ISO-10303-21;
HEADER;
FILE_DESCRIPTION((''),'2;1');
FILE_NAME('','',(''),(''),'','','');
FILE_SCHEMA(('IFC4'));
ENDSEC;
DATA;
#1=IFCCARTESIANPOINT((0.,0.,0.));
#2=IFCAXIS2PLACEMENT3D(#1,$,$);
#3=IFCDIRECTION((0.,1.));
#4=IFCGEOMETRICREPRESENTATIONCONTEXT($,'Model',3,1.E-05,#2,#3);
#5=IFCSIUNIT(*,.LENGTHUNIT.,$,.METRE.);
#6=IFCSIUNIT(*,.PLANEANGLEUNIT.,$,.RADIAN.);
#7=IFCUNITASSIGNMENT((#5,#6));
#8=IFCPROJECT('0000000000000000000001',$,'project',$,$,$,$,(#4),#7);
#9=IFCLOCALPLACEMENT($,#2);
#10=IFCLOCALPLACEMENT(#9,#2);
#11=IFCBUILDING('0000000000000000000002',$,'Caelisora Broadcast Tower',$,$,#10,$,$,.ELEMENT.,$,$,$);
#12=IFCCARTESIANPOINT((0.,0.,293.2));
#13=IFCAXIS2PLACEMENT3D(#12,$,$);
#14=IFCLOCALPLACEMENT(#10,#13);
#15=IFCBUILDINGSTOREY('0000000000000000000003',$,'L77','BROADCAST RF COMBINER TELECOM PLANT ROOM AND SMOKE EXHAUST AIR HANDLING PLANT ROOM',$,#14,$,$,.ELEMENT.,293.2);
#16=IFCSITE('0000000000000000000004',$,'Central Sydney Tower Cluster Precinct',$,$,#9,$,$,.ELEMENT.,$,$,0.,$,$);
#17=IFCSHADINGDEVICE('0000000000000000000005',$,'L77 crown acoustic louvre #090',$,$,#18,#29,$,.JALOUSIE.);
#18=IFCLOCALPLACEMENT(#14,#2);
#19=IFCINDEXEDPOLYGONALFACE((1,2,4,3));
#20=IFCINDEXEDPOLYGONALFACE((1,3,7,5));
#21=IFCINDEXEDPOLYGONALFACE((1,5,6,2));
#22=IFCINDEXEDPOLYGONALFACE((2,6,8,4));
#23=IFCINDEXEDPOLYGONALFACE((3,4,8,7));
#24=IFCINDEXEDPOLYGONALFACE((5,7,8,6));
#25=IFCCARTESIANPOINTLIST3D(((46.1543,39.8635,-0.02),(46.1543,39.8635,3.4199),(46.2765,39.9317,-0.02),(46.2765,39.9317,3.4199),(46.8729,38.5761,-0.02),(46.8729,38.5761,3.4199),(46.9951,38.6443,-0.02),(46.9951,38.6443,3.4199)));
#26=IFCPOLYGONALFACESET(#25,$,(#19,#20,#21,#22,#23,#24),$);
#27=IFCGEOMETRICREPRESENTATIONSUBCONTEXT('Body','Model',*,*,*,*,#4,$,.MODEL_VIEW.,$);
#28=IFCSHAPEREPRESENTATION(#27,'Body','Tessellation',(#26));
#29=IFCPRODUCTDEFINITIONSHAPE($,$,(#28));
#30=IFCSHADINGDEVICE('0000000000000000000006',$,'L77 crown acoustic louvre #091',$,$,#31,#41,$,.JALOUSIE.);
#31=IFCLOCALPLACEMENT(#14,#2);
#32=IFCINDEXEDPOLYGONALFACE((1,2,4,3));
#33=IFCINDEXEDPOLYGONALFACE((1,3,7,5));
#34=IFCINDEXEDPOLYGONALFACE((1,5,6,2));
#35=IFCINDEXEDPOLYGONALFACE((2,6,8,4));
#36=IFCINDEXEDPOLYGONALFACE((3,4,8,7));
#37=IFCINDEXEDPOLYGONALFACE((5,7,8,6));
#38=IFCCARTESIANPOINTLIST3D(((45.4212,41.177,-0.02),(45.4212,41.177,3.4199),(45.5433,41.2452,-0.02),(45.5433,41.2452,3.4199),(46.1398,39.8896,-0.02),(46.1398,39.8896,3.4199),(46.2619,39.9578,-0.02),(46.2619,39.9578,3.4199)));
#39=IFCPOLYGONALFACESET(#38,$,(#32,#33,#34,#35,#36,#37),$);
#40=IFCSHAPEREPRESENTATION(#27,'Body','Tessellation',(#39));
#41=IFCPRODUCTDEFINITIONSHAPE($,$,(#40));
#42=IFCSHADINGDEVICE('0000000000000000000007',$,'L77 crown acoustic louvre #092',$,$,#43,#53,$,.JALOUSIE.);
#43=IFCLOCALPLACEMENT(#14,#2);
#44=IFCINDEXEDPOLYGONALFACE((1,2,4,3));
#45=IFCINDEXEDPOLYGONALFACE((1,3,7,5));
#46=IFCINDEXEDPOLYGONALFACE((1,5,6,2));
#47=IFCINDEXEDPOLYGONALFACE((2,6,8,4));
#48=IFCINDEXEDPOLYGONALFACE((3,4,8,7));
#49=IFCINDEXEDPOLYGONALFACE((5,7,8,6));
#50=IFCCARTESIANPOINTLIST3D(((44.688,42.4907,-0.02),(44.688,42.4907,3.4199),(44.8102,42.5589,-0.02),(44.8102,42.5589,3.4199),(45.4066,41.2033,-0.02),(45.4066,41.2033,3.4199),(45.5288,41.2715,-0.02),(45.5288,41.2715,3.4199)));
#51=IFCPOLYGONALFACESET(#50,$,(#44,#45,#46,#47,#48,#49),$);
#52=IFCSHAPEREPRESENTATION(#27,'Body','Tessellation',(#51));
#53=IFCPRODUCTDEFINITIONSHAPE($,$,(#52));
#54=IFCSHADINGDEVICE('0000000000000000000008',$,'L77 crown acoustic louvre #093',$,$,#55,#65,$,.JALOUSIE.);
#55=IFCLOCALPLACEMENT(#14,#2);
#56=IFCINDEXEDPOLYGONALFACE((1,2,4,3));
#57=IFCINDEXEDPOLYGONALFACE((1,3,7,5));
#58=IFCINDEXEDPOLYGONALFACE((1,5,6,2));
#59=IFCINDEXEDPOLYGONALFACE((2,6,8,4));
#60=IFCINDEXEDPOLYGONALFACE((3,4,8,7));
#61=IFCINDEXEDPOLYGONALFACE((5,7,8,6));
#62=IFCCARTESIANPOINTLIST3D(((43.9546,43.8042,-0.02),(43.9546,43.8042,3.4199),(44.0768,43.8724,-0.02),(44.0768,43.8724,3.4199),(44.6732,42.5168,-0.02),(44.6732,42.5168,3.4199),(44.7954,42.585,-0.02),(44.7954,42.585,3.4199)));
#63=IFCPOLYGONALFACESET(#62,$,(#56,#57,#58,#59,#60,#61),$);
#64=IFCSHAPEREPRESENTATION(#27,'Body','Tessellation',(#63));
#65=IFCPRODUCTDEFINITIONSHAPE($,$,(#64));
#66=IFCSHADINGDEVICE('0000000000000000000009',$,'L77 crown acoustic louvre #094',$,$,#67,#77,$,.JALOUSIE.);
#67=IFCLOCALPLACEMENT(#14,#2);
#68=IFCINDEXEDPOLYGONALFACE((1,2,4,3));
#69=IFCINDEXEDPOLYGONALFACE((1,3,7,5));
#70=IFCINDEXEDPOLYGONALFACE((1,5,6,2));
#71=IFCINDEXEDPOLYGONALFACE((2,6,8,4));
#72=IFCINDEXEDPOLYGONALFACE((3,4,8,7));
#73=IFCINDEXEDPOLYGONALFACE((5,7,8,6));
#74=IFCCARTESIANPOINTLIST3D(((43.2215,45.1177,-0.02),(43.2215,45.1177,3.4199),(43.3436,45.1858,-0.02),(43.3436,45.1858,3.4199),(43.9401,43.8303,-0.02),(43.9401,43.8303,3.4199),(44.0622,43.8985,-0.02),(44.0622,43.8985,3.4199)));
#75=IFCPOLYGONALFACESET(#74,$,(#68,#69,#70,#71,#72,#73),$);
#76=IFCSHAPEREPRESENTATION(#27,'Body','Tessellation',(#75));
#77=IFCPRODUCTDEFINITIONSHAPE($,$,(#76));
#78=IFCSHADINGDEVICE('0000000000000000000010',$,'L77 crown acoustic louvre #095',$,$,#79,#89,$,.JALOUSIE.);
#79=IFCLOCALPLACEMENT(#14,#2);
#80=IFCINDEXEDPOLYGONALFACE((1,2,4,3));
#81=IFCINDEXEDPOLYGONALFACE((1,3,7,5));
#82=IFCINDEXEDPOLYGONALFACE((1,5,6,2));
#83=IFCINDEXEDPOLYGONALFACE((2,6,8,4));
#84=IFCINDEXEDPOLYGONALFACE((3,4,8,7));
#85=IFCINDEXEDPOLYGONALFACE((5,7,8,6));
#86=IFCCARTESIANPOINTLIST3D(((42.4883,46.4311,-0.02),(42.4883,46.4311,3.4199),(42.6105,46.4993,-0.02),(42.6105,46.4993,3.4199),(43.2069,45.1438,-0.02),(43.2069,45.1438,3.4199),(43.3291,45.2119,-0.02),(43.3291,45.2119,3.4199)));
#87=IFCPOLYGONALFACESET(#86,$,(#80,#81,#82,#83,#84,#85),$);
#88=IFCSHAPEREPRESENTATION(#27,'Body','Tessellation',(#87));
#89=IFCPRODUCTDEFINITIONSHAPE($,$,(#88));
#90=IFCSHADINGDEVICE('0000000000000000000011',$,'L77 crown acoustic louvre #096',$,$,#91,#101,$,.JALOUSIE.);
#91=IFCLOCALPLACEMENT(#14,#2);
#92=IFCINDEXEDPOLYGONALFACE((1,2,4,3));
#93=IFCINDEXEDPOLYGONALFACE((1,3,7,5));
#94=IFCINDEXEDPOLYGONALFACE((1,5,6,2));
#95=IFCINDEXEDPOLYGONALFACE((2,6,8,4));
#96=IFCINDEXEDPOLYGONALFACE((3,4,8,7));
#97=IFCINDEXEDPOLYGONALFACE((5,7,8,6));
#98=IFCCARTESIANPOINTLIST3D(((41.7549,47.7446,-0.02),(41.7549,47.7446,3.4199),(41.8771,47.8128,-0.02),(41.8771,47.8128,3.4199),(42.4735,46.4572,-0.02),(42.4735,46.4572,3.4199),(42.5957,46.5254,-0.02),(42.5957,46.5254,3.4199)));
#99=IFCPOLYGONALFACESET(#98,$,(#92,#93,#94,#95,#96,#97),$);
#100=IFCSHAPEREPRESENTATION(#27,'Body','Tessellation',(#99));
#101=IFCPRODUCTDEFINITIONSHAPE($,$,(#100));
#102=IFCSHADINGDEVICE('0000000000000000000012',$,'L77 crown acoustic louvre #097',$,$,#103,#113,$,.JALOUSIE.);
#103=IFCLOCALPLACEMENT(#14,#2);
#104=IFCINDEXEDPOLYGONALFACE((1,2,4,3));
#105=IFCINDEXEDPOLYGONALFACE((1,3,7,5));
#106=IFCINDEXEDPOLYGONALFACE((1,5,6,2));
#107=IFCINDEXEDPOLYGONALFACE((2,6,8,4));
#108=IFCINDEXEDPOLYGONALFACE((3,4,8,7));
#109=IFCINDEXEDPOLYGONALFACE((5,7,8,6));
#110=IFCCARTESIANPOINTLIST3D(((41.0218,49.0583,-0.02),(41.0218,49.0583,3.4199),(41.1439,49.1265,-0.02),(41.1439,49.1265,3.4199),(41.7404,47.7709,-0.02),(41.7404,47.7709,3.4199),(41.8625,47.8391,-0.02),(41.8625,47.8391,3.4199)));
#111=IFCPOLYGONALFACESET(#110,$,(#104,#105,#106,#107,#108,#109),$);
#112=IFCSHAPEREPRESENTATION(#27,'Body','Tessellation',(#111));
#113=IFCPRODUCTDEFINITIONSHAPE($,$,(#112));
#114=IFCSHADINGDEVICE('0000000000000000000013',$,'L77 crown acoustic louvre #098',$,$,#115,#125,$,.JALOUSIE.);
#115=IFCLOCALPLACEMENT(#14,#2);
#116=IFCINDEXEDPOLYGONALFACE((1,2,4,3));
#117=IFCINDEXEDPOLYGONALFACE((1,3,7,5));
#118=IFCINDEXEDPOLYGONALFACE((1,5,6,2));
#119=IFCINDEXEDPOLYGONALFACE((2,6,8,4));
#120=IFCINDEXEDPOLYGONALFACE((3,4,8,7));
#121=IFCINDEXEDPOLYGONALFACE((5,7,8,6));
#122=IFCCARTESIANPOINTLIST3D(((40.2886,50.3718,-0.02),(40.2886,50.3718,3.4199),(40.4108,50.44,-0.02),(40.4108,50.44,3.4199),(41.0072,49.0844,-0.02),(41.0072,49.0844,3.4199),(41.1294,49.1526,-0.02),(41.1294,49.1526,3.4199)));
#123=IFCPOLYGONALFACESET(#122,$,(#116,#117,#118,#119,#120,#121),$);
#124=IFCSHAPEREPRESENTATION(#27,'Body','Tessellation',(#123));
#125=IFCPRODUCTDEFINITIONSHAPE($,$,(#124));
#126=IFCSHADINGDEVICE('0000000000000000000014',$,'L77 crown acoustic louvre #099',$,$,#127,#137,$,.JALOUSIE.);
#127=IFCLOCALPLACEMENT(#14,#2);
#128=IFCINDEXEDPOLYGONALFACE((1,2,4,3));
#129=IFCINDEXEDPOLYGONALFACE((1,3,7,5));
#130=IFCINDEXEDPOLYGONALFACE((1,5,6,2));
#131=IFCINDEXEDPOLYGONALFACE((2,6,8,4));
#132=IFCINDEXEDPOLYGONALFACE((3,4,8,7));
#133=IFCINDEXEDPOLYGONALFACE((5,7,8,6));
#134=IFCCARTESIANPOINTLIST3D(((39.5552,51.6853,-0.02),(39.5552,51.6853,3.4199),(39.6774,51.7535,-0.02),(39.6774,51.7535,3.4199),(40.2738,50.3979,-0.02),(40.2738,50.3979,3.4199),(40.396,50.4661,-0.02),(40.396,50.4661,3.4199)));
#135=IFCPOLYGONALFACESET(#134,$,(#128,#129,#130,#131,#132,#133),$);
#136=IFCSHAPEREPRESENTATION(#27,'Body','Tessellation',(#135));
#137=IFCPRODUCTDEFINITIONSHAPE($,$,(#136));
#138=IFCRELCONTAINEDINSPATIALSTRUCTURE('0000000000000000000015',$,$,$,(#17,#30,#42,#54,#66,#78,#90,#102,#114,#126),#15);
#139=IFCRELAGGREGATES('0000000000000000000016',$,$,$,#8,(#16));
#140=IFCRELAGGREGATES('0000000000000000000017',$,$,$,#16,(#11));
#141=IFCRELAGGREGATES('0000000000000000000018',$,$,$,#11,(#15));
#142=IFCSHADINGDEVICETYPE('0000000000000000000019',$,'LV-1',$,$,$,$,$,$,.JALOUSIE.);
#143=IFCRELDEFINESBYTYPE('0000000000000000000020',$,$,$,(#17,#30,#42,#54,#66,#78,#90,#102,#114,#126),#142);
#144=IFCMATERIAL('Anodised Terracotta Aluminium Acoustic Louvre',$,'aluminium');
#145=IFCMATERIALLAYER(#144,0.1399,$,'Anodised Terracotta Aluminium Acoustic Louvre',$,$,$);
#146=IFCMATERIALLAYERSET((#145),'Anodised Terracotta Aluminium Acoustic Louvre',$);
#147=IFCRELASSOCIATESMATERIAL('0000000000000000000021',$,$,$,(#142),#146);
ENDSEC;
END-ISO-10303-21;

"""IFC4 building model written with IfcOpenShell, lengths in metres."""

from ifc_helpers import new_model, si_unit, direction, frame, origin, origin_2d, place, context, subcontext, project, spatial, rectangle, extrude, source, transform, mapped, material, layer, layer_set, type_object, element, save


model = new_model("IFC4")

# Units and contexts
model_context = context("Model", 3, precision=1e-05, world=origin(), true_north=direction((0.0, 1.0)))
body_context = subcontext(model_context, "Body", "Model", "MODEL_VIEW")
ifc_project = project(units=[si_unit("LENGTHUNIT", "METRE"), si_unit("PLANEANGLEUNIT", "RADIAN")], contexts=[model_context])

# Site, building, storey
site_placement = place(None, origin())
site = spatial("IfcSite", under=ifc_project, at=site_placement, Name="Central Sydney Tower Cluster Precinct", CompositionType="ELEMENT", RefElevation=0.0)
building_placement = place(site_placement, origin())
building = spatial("IfcBuilding", under=site, at=building_placement, Name="Caelisora Broadcast Tower", CompositionType="ELEMENT")
storey_placement = place(building_placement, frame((0.0, 0.0, 293.2)))
storey = spatial("IfcBuildingStorey", under=building, at=storey_placement, Name="L77", Description="BROADCAST RF COMBINER TELECOM PLANT ROOM AND SMOKE EXHAUST AIR HANDLING PLANT ROOM", CompositionType="ELEMENT", Elevation=293.2)

# Shading devices
ifc_material_1 = material(Name="Anodised Terracotta Aluminium Acoustic Louvre", Category="aluminium")
ifc_layer_1 = layer(ifc_material_1, 0.1399, Name="Anodised Terracotta Aluminium Acoustic Louvre")
ifc_layer_set_1 = layer_set([ifc_layer_1], Name="Anodised Terracotta Aluminium Acoustic Louvre")
shading_device_type = type_object("IfcShadingDeviceType", Name="LV-1", PredefinedType="JALOUSIE", material=ifc_layer_set_1)
shared_shape_1 = source(origin(), body_context, "Body", "SweptSolid", [
    extrude(rectangle(XDim=1.4744, YDim=0.1399, at=origin_2d()), origin(), (0.0, 0.0, 1.0), 3.4399),
])
for number, where, z_axis, x_axis, name in (
    (1, (46.5747, 39.2539, -0.02), (0.0, 0.0, 1.0), (-0.487403, 0.873177, 0.0), "L77 crown acoustic louvre #090"),
    (2, (45.8416, 40.5674, -0.02), (0.0, 0.0, 1.0), (-0.487403, 0.873177, 0.0), "L77 crown acoustic louvre #091"),
    (3, (45.1084, 41.8811, -0.02), (0.0, 0.0, 1.0), (-0.487403, 0.873177, 0.0), "L77 crown acoustic louvre #092"),
    (4, (44.375, 43.1946, -0.02), (0.0, 0.0, 1.0), (-0.487403, 0.873177, 0.0), "L77 crown acoustic louvre #093"),
    (5, (43.6418, 44.5081, -0.02), (0.0, 0.0, 1.0), (-0.487403, 0.873177, 0.0), "L77 crown acoustic louvre #094"),
    (6, (42.9087, 45.8215, -0.02), (0.0, 0.0, 1.0), (-0.487403, 0.873177, 0.0), "L77 crown acoustic louvre #095"),
    (7, (42.1753, 47.135, -0.02), (0.0, 0.0, 1.0), (-0.487403, 0.873177, 0.0), "L77 crown acoustic louvre #096"),
    (8, (41.4421, 48.4487, -0.02), (0.0, 0.0, 1.0), (-0.487403, 0.873177, 0.0), "L77 crown acoustic louvre #097"),
    (9, (40.709, 49.7622, -0.02), (0.0, 0.0, 1.0), (-0.487403, 0.873177, 0.0), "L77 crown acoustic louvre #098"),
    (10, (39.9756, 51.0757, -0.02), (0.0, 0.0, 1.0), (-0.487403, 0.873177, 0.0), "L77 crown acoustic louvre #099"),
):
    element("IfcShadingDevice", number, at=place(storey_placement, frame(where, z_axis=z_axis, x_axis=x_axis)), inside=storey, type_object=shading_device_type, Name=name, PredefinedType="JALOUSIE", context=body_context, shape_type="MappedRepresentation", body=[
        mapped(shared_shape_1, transform((0.0, 0.0, 0.0), scale=1.0)),
    ])

save(model, "model.ifc")
